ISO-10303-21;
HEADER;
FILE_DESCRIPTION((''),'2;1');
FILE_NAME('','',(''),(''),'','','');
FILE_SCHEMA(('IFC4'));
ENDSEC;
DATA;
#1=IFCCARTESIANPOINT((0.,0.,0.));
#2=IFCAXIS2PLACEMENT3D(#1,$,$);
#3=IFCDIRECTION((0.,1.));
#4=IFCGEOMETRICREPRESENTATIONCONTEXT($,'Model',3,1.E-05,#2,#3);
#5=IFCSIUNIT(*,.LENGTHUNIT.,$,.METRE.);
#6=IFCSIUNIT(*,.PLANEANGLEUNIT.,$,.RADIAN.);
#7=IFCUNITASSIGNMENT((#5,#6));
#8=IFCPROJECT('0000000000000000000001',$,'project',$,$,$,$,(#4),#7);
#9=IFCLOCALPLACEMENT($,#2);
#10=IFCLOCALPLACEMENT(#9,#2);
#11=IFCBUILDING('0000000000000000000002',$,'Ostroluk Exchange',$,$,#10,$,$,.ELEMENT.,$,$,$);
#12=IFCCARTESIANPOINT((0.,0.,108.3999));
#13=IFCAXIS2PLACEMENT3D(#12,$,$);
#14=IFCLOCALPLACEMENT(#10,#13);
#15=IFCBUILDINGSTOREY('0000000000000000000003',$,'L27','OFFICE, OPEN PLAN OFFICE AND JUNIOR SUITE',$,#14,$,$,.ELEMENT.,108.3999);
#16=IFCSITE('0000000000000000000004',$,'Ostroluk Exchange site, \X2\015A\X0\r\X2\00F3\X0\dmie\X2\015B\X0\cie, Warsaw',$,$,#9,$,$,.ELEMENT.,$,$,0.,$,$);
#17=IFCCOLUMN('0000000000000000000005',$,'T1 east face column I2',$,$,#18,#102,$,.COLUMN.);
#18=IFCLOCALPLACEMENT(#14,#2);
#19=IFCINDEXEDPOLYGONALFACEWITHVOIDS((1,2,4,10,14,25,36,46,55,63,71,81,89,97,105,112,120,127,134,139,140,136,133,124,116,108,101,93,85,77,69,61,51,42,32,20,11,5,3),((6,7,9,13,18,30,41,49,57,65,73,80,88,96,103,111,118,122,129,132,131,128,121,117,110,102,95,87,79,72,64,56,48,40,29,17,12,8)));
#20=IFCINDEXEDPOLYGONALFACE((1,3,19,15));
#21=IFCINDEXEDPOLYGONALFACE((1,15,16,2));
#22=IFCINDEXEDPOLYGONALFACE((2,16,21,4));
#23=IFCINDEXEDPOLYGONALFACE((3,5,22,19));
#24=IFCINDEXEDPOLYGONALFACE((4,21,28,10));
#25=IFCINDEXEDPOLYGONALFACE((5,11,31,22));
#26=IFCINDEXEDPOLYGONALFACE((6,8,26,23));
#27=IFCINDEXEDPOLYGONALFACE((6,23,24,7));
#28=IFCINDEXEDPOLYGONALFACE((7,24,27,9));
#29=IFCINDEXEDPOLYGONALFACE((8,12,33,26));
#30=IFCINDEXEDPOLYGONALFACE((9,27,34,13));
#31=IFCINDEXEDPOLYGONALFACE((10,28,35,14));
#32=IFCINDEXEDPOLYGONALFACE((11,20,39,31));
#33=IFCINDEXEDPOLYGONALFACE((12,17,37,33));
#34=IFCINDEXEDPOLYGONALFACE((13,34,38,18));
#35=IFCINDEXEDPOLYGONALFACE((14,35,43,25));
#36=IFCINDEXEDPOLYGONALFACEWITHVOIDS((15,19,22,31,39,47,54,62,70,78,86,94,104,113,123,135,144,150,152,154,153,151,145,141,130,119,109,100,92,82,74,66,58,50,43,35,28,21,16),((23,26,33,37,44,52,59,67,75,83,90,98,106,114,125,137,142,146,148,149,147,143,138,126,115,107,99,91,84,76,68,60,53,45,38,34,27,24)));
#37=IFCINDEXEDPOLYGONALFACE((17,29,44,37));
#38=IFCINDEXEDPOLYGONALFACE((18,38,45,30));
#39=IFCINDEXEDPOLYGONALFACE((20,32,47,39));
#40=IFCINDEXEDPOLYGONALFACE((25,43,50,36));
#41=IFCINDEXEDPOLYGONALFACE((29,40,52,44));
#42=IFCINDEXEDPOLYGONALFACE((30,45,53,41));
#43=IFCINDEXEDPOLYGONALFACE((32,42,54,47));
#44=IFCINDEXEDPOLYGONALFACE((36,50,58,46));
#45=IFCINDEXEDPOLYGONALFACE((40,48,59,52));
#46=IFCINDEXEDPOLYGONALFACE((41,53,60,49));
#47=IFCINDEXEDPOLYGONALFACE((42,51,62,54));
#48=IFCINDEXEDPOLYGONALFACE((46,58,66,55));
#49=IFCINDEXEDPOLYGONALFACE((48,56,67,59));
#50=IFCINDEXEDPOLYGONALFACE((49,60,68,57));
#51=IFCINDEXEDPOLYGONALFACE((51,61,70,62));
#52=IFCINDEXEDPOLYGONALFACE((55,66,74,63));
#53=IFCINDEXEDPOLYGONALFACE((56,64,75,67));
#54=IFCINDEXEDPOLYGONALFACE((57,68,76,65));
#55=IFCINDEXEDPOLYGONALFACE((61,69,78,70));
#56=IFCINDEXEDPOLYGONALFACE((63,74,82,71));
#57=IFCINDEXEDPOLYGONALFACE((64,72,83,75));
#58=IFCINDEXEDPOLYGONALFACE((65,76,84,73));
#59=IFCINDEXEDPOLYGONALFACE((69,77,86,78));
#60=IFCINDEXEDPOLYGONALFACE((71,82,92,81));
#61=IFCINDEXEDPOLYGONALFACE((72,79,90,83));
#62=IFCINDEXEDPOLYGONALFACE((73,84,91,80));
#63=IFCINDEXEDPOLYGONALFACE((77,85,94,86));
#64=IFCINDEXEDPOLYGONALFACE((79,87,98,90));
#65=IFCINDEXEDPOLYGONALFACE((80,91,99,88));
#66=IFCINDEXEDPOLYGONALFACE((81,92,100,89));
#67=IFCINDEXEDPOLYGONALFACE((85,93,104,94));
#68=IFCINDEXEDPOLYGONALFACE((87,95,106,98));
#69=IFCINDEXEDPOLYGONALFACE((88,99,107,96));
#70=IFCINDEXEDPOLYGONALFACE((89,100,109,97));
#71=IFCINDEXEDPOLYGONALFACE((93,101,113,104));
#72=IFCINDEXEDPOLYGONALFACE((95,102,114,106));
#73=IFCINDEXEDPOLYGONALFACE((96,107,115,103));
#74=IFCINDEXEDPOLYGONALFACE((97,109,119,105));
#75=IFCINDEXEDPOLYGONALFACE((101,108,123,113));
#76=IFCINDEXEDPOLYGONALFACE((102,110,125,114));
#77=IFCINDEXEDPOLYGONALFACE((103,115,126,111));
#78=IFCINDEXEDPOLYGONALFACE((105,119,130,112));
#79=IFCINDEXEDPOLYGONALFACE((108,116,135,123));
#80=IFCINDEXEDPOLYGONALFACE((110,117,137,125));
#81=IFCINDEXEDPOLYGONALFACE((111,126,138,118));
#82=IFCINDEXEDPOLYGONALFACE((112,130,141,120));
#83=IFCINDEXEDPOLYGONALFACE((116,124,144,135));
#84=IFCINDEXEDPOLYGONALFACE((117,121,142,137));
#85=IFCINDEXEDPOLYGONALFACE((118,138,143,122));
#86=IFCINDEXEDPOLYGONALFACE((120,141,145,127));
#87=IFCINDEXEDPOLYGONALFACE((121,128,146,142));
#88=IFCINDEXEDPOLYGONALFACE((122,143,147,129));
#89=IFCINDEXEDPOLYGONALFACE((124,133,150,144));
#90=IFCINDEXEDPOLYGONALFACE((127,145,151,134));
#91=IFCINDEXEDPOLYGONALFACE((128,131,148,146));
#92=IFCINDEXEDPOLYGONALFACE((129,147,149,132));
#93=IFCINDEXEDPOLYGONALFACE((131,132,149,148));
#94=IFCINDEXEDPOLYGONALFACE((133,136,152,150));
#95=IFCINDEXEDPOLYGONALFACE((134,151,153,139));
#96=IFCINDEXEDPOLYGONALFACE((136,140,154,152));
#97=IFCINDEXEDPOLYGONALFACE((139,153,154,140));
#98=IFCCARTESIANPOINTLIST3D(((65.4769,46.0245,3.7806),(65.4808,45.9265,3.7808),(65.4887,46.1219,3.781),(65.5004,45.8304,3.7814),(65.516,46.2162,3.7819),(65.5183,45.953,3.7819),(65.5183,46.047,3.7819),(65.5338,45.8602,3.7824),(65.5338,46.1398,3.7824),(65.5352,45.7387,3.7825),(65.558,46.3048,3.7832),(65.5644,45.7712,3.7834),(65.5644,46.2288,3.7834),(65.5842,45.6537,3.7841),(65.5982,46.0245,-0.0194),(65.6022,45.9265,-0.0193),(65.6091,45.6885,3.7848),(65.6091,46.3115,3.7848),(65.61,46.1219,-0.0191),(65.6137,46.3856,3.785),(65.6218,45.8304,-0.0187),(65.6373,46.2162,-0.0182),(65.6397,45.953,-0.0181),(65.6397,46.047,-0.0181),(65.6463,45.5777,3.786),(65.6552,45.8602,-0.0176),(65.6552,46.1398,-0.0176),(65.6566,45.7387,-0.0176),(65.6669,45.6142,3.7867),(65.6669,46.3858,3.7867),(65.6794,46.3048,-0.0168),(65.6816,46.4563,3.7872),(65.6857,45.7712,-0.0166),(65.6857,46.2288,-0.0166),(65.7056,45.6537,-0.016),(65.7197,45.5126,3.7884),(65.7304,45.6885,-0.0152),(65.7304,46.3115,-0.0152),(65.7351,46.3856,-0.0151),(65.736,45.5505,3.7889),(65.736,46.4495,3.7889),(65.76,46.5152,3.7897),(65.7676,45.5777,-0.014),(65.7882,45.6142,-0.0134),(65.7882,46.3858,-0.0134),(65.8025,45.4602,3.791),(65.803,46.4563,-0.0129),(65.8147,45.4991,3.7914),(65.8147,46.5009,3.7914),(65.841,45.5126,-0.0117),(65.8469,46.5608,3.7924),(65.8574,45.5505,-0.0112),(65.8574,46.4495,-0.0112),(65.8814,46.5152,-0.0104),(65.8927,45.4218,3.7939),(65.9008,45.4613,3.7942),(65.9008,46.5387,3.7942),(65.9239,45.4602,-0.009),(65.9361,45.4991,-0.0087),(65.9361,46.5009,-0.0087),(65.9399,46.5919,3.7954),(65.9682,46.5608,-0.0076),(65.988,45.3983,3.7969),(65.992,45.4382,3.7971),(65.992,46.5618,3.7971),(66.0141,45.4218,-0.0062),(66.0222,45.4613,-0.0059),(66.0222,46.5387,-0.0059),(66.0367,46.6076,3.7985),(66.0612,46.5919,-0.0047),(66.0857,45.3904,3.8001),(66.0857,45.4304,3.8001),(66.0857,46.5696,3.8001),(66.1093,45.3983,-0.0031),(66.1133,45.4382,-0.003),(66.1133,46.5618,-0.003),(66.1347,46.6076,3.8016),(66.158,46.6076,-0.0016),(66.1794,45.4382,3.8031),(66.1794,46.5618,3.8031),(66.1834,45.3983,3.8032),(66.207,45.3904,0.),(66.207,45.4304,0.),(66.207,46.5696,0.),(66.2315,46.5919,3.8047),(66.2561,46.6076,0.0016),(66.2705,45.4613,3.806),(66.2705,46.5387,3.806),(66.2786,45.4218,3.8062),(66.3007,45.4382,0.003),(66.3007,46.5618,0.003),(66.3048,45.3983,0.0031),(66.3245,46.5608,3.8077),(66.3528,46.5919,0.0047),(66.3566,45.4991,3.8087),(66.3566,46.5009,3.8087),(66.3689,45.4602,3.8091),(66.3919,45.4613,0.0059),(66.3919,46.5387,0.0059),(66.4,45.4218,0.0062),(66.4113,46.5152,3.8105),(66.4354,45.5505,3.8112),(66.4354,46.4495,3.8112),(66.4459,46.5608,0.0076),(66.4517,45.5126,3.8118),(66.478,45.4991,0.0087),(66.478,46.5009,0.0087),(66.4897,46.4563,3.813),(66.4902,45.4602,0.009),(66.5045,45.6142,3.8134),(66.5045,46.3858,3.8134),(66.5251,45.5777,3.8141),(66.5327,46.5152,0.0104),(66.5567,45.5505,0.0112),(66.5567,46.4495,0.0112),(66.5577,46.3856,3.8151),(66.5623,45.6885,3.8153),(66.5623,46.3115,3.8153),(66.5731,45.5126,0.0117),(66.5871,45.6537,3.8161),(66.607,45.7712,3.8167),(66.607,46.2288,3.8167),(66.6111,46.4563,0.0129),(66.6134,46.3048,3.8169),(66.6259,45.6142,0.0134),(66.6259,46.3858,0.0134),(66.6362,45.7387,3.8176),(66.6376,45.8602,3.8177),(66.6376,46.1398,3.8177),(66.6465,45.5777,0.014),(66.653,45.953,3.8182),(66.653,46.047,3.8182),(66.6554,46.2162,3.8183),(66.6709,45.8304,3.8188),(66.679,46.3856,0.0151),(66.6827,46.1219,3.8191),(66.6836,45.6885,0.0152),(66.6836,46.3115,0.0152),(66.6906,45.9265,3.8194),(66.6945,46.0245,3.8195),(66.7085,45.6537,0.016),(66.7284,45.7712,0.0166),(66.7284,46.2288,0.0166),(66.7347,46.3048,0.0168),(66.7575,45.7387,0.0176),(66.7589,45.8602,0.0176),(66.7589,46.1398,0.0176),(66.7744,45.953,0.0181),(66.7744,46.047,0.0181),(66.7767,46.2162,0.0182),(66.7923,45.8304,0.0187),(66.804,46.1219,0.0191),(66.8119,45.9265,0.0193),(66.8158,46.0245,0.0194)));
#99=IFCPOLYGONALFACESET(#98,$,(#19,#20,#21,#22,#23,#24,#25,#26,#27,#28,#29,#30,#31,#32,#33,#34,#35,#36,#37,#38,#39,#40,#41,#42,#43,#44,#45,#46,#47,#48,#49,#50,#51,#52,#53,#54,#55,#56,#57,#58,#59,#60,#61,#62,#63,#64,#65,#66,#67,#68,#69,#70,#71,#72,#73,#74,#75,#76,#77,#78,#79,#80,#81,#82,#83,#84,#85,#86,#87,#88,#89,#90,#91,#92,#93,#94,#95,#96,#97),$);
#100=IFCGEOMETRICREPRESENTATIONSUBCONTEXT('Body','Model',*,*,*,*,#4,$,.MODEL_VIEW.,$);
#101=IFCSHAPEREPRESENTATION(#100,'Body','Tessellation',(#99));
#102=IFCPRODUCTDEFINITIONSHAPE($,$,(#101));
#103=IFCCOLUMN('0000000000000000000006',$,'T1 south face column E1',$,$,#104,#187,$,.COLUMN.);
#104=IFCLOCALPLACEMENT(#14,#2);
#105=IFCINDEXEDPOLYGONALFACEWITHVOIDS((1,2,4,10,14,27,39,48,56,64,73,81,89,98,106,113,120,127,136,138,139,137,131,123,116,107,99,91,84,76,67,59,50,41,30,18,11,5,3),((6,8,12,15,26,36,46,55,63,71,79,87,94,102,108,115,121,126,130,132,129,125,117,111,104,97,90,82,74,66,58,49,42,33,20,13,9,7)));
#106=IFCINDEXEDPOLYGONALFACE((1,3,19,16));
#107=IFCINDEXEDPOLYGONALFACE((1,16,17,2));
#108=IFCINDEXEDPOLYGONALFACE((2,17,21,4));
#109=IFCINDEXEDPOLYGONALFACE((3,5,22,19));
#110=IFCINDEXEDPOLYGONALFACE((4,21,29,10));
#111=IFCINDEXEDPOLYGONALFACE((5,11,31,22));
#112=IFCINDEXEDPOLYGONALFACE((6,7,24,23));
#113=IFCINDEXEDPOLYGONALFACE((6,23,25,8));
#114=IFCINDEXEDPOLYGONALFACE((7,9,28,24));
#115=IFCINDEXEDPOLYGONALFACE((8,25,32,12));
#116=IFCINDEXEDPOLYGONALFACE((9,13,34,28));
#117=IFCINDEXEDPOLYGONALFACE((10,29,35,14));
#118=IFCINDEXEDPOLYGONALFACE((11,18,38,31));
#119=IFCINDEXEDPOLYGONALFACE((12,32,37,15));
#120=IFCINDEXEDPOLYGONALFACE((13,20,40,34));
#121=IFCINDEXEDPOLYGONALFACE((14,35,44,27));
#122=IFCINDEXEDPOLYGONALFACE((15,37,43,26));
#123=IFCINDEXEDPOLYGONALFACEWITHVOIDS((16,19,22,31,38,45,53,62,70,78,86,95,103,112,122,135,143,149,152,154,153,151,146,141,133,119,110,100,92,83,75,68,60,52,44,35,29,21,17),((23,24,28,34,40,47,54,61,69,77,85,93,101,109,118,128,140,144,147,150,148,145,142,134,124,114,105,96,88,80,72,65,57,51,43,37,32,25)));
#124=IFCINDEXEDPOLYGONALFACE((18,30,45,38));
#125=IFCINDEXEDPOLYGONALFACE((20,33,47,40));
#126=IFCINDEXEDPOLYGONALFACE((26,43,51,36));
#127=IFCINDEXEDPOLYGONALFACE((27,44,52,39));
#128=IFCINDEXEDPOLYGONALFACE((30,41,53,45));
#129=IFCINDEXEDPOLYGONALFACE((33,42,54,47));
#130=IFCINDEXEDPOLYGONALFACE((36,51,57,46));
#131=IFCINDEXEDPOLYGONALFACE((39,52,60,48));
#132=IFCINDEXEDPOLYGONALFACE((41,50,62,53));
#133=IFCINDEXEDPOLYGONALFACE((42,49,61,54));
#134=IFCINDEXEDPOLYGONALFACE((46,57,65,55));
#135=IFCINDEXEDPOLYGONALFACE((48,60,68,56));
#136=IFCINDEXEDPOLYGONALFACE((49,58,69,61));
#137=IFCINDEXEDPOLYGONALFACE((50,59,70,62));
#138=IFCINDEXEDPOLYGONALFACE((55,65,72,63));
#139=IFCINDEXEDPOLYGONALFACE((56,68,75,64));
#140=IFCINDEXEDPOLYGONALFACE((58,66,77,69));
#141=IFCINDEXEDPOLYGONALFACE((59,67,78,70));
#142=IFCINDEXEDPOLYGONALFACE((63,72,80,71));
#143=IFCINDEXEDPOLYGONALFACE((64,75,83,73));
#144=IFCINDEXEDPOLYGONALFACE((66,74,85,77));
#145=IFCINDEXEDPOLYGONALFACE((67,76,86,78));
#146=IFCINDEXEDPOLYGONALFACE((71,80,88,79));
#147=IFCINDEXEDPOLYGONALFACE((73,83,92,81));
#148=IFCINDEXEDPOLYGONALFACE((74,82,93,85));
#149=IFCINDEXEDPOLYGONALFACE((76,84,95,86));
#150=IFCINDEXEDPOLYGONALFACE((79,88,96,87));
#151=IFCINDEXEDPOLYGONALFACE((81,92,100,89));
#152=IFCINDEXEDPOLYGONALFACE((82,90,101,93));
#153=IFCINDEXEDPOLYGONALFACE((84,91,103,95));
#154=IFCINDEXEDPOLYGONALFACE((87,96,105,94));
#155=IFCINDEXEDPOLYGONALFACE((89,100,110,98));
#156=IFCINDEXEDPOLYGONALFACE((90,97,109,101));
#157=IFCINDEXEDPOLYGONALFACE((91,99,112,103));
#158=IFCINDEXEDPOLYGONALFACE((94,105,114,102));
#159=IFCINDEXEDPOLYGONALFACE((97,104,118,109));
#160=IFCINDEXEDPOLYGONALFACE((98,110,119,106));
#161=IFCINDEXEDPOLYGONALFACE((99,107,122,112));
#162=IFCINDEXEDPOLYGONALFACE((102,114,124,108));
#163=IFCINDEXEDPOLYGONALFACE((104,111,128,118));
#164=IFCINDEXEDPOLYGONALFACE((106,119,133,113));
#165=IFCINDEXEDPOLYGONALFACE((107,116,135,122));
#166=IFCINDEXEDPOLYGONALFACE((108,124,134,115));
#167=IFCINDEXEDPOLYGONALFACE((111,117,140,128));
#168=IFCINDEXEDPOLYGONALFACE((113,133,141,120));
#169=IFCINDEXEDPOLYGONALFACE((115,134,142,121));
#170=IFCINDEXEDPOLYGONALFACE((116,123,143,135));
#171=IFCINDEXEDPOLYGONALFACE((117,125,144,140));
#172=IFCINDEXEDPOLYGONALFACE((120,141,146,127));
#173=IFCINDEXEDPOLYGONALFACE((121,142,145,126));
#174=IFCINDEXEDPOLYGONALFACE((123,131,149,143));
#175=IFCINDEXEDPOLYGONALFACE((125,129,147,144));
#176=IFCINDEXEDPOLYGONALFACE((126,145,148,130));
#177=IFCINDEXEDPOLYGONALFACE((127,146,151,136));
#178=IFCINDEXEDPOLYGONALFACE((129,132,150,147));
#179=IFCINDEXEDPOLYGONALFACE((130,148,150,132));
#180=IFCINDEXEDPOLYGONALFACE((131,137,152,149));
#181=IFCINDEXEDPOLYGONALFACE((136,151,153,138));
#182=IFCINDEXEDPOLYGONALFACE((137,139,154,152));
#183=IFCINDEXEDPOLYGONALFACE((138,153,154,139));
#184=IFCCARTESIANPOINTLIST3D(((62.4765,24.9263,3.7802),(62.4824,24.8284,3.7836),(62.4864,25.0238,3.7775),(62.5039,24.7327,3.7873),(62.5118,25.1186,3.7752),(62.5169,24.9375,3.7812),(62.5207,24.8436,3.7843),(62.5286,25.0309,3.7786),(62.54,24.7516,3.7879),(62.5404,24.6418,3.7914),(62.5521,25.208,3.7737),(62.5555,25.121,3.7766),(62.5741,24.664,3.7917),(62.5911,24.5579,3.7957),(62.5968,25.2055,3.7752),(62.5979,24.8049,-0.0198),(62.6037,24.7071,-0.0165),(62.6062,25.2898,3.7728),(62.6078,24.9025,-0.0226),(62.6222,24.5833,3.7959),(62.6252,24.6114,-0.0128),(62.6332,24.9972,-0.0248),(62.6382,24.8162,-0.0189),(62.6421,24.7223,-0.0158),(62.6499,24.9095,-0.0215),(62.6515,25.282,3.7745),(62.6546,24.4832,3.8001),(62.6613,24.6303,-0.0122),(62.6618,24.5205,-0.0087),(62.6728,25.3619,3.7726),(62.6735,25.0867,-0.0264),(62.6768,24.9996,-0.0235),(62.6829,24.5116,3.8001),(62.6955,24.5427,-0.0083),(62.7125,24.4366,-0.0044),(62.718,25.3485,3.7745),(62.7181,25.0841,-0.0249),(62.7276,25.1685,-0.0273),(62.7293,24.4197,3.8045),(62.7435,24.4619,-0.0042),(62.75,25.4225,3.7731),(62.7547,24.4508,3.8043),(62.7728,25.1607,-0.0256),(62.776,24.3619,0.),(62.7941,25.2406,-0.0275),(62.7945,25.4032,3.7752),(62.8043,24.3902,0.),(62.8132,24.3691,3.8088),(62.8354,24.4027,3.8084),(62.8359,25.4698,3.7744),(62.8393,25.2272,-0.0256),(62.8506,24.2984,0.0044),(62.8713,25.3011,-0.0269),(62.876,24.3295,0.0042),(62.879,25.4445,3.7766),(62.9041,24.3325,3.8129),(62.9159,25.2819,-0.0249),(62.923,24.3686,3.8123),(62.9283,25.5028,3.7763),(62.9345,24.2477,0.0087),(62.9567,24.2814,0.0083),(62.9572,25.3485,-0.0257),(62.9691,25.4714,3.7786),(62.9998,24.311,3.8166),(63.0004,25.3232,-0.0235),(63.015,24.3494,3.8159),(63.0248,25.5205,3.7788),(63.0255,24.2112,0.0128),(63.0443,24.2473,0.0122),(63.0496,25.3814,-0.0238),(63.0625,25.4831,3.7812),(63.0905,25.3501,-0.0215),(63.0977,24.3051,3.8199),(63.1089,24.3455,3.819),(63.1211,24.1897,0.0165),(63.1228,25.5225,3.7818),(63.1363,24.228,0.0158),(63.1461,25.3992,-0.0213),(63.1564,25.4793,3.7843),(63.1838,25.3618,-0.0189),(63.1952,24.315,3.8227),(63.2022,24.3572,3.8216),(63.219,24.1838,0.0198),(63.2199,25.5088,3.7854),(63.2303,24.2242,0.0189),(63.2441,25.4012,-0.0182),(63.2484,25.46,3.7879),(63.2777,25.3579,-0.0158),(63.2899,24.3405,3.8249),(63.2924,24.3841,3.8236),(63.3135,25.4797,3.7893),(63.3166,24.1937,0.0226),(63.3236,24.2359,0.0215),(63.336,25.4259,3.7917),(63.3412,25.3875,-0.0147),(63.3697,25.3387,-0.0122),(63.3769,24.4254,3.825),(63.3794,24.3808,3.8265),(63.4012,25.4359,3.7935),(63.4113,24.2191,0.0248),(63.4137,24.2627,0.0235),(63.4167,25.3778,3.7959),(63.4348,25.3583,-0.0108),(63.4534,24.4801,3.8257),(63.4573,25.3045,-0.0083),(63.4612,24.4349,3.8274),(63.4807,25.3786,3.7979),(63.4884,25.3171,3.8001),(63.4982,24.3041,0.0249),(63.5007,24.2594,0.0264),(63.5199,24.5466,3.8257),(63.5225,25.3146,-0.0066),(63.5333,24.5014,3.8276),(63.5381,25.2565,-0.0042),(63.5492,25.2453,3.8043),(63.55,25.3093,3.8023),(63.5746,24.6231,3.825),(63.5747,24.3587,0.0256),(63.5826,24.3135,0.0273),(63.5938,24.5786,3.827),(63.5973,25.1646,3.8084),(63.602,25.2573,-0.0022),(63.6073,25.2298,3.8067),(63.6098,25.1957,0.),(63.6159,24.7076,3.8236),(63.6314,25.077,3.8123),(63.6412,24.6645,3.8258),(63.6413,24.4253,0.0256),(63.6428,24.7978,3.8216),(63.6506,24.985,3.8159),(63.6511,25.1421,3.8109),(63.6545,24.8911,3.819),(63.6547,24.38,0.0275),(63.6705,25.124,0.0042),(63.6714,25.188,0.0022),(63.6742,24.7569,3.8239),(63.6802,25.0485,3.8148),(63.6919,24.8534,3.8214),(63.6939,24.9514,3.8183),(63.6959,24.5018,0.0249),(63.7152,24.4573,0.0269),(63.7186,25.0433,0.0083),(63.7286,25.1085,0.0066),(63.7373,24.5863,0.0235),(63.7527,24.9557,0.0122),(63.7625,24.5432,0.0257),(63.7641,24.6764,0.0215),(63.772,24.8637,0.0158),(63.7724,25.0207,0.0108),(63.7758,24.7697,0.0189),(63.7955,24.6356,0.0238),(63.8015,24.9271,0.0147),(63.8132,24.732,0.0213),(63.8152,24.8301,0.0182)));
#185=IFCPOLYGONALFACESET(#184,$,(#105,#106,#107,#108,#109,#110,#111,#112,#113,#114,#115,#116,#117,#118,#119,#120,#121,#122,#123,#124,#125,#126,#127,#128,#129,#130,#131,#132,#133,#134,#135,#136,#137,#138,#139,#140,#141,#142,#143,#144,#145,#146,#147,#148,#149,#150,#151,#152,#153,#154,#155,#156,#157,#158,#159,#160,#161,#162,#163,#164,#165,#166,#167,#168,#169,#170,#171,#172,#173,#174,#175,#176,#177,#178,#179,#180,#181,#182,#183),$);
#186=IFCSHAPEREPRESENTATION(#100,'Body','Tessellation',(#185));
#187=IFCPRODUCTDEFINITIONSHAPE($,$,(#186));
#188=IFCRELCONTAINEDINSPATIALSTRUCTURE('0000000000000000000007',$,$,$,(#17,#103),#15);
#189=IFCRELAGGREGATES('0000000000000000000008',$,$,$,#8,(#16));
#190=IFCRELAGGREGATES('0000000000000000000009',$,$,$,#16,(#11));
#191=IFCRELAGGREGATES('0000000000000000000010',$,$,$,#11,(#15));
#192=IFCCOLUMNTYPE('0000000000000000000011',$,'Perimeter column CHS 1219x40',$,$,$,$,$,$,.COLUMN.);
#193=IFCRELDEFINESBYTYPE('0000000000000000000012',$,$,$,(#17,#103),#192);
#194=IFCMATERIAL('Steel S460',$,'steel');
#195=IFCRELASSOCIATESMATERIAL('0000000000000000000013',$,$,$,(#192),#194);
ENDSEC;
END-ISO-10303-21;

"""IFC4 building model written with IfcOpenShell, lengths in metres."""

from ifc_helpers import new_model, si_unit, direction, frame, origin, origin_2d, place, context, subcontext, project, spatial, hollow_circle, extrude, material, material_profile, profile_set, type_object, element, save


model = new_model("IFC4")

# Units and contexts
model_context = context("Model", 3, precision=1e-05, world=origin(), true_north=direction((0.0, 1.0)))
body_context = subcontext(model_context, "Body", "Model", "MODEL_VIEW")
ifc_project = project(units=[si_unit("LENGTHUNIT", "METRE"), si_unit("PLANEANGLEUNIT", "RADIAN")], contexts=[model_context])

# Site, building, storey
site_placement = place(None, origin())
site = spatial("IfcSite", under=ifc_project, at=site_placement, Name="Ostroluk Exchange site, Śródmieście, Warsaw", CompositionType="ELEMENT", RefElevation=0.0)
building_placement = place(site_placement, origin())
building = spatial("IfcBuilding", under=site, at=building_placement, Name="Ostroluk Exchange", CompositionType="ELEMENT")
storey_placement = place(building_placement, frame((0.0, 0.0, 108.3999)))
storey = spatial("IfcBuildingStorey", under=building, at=storey_placement, Name="L27", Description="OFFICE, OPEN PLAN OFFICE AND JUNIOR SUITE", CompositionType="ELEMENT", Elevation=108.3999)

# Columns
ifc_material_1 = material(Name="Steel S460", Category="steel")
ifc_material_profile_1 = material_profile(ifc_material_1, hollow_circle(Radius=0.6096, WallThickness=0.04, at=origin_2d()), Name="CHS 1219x40")
ifc_profile_set_1 = profile_set([ifc_material_profile_1], Name="Steel S460")
column_type = type_object("IfcColumnType", Name="Perimeter column CHS 1219x40", PredefinedType="COLUMN", material=ifc_profile_set_1)
column_1_placement = place(storey_placement, frame((66.207, 46.0, 0.0), z_axis=(-0.031914, 0.0, 0.999491), x_axis=(0.0, -1.0, 0.0)))
element("IfcColumn", 1, at=column_1_placement, inside=storey, type_object=column_type, Name="T1 east face column I2", PredefinedType="COLUMN", context=body_context, shape_type="SweptSolid", body=[
    extrude(hollow_circle(Radius=0.6096, WallThickness=0.04, at=origin_2d()), origin(), (0.0, 0.0, 1.0), 3.802),
])
column_2_placement = place(storey_placement, frame((63.207, 24.793, 0.0), z_axis=(-0.031898, 0.031898, 0.998982), x_axis=(-0.707107, -0.707107, 0.0)))
element("IfcColumn", 2, at=column_2_placement, inside=storey, type_object=column_type, Name="T1 south face column E1", PredefinedType="COLUMN", context=body_context, shape_type="SweptSolid", body=[
    extrude(hollow_circle(Radius=0.6096, WallThickness=0.04, at=origin_2d()), origin(), (0.0, 0.0, 1.0), 3.804),
])

save(model, "model.ifc")
